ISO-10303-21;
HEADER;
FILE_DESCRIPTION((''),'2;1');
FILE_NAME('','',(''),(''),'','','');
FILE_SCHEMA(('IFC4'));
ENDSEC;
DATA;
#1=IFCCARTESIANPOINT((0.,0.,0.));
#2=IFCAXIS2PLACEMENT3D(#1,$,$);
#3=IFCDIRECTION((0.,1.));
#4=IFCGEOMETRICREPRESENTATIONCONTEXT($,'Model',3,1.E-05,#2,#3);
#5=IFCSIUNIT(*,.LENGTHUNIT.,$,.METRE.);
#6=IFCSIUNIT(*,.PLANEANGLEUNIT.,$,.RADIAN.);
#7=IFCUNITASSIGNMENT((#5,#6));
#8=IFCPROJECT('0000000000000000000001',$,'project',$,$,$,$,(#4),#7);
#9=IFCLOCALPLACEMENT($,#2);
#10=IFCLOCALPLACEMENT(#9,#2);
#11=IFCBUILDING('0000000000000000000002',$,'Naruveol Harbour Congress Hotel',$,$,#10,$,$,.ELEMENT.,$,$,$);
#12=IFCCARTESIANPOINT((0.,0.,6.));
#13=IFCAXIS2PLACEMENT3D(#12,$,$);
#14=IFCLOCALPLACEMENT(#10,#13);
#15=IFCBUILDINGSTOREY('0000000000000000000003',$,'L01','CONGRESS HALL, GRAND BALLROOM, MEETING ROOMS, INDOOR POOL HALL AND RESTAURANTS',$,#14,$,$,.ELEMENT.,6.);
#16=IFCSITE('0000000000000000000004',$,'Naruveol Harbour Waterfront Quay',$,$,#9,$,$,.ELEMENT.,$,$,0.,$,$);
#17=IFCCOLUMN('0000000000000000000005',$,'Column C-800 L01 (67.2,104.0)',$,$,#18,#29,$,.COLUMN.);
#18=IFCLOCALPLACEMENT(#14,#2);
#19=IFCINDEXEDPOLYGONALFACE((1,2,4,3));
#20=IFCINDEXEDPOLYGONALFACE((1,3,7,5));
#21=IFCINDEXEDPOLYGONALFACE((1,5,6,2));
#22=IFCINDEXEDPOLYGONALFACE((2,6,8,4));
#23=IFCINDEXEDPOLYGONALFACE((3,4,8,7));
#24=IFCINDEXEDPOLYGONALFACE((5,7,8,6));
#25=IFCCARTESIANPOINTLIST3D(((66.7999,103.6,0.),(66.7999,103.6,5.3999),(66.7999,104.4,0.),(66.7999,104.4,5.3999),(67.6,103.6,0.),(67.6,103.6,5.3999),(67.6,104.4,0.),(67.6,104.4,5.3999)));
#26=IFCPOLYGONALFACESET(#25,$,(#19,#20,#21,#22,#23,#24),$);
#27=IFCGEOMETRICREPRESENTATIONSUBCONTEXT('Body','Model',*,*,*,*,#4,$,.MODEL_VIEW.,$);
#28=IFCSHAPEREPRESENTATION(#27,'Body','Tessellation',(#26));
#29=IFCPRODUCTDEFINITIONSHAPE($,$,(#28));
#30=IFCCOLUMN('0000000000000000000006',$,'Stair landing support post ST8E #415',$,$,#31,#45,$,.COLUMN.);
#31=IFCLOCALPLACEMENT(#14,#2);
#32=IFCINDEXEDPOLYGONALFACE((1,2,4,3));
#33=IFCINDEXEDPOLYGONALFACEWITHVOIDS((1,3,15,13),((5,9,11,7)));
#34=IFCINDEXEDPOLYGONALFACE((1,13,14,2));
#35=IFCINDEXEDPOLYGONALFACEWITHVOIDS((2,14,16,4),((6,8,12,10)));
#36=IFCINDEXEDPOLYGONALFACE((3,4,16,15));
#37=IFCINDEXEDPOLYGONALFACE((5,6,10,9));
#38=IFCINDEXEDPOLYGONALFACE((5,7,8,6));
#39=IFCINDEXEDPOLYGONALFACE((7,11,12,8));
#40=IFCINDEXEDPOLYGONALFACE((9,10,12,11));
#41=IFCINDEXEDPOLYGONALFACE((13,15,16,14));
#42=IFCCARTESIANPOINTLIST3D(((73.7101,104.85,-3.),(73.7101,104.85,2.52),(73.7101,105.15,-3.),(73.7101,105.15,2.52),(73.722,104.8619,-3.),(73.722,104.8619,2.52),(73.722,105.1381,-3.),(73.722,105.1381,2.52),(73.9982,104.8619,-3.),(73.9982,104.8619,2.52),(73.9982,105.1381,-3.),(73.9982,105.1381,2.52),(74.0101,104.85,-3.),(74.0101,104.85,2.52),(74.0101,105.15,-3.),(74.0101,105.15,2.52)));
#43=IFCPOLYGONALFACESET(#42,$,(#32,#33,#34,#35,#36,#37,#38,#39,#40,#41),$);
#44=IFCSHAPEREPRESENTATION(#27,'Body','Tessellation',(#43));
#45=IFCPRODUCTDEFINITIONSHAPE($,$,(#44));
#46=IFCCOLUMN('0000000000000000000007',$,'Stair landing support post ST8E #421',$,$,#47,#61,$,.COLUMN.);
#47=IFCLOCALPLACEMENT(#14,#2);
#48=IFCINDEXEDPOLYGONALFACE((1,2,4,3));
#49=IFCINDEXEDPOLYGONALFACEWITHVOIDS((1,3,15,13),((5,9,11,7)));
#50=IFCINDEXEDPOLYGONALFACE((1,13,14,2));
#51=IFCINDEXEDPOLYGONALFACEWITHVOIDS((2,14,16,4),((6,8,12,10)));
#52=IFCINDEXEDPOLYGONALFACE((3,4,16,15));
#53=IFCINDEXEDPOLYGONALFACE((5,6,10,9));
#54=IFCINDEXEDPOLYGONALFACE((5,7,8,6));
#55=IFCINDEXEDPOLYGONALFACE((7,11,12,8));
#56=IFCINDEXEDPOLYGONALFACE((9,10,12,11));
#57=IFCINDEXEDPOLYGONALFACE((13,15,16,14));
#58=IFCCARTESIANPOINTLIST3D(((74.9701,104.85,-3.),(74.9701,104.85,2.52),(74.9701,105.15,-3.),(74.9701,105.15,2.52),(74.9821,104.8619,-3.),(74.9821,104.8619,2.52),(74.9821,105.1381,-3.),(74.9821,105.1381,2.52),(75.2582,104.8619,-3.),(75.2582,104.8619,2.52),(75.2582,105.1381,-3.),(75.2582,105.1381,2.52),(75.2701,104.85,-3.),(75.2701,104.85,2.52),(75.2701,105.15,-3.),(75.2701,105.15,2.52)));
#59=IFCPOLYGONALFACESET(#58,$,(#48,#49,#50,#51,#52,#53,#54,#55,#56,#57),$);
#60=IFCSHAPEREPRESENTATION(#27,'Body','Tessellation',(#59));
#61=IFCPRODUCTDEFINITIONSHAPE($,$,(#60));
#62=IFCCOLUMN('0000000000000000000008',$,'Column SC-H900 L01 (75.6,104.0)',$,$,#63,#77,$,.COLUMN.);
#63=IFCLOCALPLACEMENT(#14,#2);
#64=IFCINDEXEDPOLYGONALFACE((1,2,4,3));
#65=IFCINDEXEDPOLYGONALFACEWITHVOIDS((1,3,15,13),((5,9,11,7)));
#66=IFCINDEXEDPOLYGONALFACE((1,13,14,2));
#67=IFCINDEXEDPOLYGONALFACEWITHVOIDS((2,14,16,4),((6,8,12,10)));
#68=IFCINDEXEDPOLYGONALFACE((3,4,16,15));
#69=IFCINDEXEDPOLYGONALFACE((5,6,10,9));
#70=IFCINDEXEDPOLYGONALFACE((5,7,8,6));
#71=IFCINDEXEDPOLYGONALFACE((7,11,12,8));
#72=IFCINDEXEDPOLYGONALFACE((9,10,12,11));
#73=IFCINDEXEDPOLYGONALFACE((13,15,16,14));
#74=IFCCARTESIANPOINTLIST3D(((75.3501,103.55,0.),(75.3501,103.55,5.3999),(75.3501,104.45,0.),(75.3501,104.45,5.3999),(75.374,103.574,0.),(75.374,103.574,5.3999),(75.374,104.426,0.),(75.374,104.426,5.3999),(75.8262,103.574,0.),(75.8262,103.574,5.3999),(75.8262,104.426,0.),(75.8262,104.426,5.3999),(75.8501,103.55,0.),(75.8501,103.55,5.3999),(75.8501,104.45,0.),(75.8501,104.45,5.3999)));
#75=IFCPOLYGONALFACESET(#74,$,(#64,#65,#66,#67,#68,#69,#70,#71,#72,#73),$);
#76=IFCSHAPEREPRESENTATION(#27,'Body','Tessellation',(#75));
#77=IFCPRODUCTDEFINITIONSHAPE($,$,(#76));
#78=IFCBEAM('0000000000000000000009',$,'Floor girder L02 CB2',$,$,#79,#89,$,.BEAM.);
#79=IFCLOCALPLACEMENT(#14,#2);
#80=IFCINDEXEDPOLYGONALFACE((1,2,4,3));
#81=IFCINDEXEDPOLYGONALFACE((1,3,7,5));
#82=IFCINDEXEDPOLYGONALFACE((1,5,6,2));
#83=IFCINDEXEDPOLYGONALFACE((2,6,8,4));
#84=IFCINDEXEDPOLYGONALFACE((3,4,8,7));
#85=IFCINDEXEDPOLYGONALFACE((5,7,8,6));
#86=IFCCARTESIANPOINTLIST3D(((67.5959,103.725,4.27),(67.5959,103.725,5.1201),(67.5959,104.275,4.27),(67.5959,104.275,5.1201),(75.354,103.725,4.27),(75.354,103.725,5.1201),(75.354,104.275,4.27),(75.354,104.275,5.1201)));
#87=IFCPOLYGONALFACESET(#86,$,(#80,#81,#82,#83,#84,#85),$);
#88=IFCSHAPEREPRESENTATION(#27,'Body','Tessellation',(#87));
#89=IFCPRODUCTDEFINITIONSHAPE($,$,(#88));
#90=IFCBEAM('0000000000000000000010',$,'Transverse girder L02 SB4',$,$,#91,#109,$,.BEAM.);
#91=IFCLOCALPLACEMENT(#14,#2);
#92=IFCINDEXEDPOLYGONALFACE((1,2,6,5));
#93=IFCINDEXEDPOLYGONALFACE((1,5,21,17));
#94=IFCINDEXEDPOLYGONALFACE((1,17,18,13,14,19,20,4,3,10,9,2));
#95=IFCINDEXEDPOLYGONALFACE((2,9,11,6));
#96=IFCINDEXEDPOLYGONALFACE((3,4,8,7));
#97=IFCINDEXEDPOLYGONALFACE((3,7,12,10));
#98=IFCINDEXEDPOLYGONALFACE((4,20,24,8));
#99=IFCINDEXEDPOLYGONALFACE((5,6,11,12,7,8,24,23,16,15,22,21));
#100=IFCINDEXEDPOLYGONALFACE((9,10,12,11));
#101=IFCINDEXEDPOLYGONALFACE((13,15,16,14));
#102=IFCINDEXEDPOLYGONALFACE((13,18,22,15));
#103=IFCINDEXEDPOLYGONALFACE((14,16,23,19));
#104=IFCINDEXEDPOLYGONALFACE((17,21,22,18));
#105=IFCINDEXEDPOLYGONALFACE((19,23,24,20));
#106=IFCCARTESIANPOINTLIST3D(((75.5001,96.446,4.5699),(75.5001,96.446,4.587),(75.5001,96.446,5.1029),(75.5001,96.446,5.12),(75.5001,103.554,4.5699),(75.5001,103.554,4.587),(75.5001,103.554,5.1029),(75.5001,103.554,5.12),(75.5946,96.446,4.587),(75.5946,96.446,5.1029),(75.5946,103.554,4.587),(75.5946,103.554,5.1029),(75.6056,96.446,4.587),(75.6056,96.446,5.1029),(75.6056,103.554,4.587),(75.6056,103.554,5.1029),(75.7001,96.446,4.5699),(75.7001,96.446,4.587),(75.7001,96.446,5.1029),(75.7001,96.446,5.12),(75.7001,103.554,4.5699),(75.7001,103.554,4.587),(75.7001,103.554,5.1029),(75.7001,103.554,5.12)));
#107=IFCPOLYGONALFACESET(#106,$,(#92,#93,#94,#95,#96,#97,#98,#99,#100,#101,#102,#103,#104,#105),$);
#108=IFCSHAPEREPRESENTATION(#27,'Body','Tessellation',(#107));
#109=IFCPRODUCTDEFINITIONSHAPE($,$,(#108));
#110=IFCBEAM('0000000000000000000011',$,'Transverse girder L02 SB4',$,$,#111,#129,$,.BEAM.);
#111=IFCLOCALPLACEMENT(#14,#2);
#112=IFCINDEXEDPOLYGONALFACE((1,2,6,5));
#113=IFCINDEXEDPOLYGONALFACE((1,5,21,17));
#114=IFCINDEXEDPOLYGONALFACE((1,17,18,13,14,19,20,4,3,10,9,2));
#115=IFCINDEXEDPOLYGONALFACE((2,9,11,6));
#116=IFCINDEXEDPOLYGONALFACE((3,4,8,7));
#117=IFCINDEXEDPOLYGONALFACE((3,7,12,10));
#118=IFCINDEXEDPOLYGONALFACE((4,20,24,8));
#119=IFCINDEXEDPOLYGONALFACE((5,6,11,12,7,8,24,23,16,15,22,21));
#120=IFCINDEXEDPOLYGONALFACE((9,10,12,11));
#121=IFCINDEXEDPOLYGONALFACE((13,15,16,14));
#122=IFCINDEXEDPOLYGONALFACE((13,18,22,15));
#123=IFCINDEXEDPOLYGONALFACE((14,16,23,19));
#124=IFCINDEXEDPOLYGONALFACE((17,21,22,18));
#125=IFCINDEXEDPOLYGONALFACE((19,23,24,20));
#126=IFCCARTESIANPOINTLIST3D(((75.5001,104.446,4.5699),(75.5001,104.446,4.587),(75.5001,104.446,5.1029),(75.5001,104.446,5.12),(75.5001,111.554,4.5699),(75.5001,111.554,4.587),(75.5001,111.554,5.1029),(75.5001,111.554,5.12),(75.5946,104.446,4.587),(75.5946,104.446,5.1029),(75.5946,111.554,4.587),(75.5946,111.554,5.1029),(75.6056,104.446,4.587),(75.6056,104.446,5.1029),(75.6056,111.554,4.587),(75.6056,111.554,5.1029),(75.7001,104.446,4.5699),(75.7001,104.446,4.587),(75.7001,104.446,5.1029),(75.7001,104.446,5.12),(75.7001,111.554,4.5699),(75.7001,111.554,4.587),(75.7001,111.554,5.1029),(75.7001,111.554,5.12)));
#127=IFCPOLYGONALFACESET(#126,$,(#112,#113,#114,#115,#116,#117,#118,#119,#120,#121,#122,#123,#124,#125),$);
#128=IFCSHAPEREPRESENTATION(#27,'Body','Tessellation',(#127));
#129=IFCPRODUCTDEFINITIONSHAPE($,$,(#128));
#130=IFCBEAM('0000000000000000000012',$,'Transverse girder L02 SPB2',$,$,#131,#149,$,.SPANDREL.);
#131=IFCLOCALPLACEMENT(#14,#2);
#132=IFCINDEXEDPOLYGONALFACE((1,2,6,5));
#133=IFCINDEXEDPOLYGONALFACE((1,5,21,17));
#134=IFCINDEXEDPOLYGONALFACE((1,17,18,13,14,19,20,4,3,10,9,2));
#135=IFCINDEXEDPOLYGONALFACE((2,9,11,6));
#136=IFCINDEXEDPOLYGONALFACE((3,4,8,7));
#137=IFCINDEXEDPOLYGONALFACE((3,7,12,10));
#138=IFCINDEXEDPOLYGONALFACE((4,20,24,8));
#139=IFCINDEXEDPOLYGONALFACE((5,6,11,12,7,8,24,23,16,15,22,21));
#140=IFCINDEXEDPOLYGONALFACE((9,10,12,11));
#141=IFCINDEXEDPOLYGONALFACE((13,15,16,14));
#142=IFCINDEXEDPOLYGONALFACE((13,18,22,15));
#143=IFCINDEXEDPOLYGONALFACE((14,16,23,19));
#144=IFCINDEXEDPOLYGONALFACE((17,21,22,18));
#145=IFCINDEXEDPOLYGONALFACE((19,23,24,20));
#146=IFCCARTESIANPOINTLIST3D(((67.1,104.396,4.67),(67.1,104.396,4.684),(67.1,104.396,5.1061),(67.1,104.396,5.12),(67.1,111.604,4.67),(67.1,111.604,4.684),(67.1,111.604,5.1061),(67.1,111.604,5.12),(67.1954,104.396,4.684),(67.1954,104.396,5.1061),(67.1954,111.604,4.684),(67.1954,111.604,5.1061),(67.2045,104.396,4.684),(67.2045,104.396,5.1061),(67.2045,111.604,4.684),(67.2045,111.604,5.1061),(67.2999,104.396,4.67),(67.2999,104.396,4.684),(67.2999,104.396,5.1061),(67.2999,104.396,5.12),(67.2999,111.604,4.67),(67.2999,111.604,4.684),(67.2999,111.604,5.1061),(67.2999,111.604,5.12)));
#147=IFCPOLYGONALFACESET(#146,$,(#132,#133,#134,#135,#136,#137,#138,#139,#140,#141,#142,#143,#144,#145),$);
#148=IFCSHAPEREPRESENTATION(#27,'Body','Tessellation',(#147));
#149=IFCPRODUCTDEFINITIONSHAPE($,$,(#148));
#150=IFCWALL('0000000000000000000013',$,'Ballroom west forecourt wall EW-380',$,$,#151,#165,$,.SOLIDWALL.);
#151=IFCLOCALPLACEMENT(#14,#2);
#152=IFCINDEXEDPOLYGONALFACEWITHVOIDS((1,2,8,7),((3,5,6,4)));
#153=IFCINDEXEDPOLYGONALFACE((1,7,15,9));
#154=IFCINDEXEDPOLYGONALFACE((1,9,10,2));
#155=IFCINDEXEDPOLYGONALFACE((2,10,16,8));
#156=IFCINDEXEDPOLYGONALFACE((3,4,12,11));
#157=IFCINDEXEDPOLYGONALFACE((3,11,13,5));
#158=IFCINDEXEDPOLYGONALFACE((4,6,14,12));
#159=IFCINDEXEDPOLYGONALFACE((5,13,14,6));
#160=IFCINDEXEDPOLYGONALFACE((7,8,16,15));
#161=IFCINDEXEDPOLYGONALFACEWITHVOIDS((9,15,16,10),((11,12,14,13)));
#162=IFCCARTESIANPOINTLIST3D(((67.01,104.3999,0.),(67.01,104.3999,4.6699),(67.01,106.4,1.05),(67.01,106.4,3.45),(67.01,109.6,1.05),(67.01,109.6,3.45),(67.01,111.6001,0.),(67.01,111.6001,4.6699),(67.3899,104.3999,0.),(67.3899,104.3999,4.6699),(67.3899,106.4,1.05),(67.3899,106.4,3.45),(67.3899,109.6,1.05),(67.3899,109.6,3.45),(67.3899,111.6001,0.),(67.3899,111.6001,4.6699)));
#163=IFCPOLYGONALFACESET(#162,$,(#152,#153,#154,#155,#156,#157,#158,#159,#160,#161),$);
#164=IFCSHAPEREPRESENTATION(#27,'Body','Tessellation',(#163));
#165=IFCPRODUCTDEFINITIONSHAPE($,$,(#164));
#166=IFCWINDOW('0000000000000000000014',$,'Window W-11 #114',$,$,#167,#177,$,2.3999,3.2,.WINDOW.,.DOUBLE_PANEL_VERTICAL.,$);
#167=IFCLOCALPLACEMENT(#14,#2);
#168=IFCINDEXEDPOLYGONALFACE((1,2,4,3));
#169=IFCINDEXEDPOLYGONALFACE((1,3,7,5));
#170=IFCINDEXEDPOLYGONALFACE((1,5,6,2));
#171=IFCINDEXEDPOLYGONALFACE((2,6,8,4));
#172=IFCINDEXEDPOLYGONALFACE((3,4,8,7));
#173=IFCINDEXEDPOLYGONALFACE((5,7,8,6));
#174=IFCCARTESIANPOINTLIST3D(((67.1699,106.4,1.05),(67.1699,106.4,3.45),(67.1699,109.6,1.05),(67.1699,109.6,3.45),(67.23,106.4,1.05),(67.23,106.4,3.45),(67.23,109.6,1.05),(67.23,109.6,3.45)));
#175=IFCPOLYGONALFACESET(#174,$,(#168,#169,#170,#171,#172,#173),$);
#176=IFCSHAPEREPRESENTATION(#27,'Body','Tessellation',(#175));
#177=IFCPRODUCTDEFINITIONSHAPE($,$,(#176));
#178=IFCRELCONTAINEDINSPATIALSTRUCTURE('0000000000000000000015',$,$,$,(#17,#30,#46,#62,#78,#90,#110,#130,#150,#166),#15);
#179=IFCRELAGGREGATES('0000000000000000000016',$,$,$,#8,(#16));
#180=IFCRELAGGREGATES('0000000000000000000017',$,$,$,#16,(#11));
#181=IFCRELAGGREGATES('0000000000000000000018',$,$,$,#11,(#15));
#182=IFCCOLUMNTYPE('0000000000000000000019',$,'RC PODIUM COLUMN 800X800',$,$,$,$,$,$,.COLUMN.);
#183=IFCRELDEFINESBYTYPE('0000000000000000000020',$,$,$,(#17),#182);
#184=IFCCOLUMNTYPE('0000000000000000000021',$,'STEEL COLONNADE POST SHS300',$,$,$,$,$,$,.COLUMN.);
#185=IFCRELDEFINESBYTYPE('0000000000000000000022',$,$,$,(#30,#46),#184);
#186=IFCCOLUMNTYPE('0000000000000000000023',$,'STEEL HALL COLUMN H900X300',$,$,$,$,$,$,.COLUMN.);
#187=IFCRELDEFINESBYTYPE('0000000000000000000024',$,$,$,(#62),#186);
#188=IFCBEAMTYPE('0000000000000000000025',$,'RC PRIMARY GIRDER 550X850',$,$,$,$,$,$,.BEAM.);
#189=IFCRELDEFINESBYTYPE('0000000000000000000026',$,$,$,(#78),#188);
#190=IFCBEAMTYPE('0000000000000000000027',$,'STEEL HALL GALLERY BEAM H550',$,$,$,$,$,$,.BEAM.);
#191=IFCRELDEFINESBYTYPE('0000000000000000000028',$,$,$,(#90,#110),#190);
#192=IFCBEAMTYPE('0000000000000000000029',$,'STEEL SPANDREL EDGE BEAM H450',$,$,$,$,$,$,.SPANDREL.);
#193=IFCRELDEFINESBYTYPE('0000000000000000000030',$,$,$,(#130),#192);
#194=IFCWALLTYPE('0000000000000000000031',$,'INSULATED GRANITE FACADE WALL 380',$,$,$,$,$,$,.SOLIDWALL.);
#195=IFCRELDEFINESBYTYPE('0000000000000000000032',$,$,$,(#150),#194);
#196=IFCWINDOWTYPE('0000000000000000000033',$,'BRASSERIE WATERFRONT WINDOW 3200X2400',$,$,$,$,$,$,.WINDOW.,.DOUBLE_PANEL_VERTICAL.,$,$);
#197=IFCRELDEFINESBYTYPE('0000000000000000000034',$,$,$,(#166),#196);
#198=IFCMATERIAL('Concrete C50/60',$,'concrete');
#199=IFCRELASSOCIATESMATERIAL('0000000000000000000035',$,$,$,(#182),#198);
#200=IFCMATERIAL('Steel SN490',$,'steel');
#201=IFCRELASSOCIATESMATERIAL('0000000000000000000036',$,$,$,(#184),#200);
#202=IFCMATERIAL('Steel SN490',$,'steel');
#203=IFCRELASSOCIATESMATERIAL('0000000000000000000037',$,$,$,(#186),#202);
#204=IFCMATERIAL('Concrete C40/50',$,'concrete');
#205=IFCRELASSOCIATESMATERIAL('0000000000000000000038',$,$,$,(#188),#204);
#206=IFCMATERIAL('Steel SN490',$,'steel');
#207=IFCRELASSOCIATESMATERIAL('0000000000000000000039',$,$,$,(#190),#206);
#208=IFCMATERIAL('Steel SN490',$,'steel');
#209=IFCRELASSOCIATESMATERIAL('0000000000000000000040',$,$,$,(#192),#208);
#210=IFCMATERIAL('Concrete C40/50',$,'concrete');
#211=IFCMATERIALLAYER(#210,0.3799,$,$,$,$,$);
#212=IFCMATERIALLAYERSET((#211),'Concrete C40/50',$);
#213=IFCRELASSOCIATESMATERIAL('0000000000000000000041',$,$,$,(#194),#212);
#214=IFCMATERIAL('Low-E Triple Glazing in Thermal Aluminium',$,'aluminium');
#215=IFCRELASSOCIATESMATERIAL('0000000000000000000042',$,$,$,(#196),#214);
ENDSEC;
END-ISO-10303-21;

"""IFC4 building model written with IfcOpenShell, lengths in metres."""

from ifc_helpers import new_model, si_unit, direction, frame, frame_2d, origin, origin_2d, place, context, subcontext, project, spatial, rectangle, hollow_rectangle, i_section, extrude, material, layer, layer_set, material_profile, profile_set, type_object, element, fill, save


model = new_model("IFC4")

# Units and contexts
model_context = context("Model", 3, precision=1e-05, world=origin(), true_north=direction((0.0, 1.0)))
body_context = subcontext(model_context, "Body", "Model", "MODEL_VIEW")
ifc_project = project(units=[si_unit("LENGTHUNIT", "METRE"), si_unit("PLANEANGLEUNIT", "RADIAN")], contexts=[model_context])

# Site, building, storey
site_placement = place(None, origin())
site = spatial("IfcSite", under=ifc_project, at=site_placement, Name="Naruveol Harbour Waterfront Quay", CompositionType="ELEMENT", RefElevation=0.0)
building_placement = place(site_placement, origin())
building = spatial("IfcBuilding", under=site, at=building_placement, Name="Naruveol Harbour Congress Hotel", CompositionType="ELEMENT")
storey_placement = place(building_placement, frame((0.0, 0.0, 6.0)))
storey = spatial("IfcBuildingStorey", under=building, at=storey_placement, Name="L01", Description="CONGRESS HALL, GRAND BALLROOM, MEETING ROOMS, INDOOR POOL HALL AND RESTAURANTS", CompositionType="ELEMENT", Elevation=6.0)

# Columns
ifc_material_1 = material(Name="Concrete C50/60", Category="concrete")
ifc_material_profile_1 = material_profile(ifc_material_1, rectangle(XDim=0.8, YDim=0.8, at=origin_2d()), Name="RC-800x800")
ifc_profile_set_1 = profile_set([ifc_material_profile_1], Name="Concrete C50/60")
column_type_1 = type_object("IfcColumnType", Name="RC PODIUM COLUMN 800X800", PredefinedType="COLUMN", material=ifc_profile_set_1)
column_1_placement = place(storey_placement, frame((67.2, 104.0, 0.0), z_axis=(0.0, 0.0, 1.0), x_axis=(1.0, 0.0, 0.0)))
element("IfcColumn", 1, at=column_1_placement, inside=storey, type_object=column_type_1, Name="Column C-800 L01 (67.2,104.0)", PredefinedType="COLUMN", context=body_context, shape_type="SweptSolid", body=[
    extrude(rectangle(XDim=0.8, YDim=0.8, at=origin_2d()), origin(), (0.0, 0.0, 1.0), 5.3999),
])
ifc_material_2 = material(Name="Steel SN490", Category="steel")
ifc_material_profile_2 = material_profile(ifc_material_2, hollow_rectangle(XDim=0.3, YDim=0.3, WallThickness=0.012, at=origin_2d()), Name="SHS-300x300x12")
ifc_profile_set_2 = profile_set([ifc_material_profile_2], Name="Steel SN490")
column_type_2 = type_object("IfcColumnType", Name="STEEL COLONNADE POST SHS300", PredefinedType="COLUMN", material=ifc_profile_set_2)
for number, where, z_axis, x_axis, name in (
    (2, (73.8601, 105.0, -3.0), (0.0, 0.0, 1.0), (1.0, 0.0, 0.0), "Stair landing support post ST8E #415"),
    (3, (75.1201, 105.0, -3.0), (0.0, 0.0, 1.0), (1.0, 0.0, 0.0), "Stair landing support post ST8E #421"),
):
    element("IfcColumn", number, at=place(storey_placement, frame(where, z_axis=z_axis, x_axis=x_axis)), inside=storey, type_object=column_type_2, Name=name, PredefinedType="COLUMN", context=body_context, shape_type="SweptSolid", body=[
        extrude(hollow_rectangle(XDim=0.3, YDim=0.3, WallThickness=0.012, at=origin_2d()), origin(), (0.0, 0.0, 1.0), 5.52),
    ])
ifc_material_3 = material(Name="Steel SN490", Category="steel")
ifc_material_profile_3 = material_profile(ifc_material_3, hollow_rectangle(XDim=0.5, YDim=0.8999, WallThickness=0.0239, at=origin_2d()), Name="RHS-900x500x24")
ifc_profile_set_3 = profile_set([ifc_material_profile_3], Name="Steel SN490")
column_type_3 = type_object("IfcColumnType", Name="STEEL HALL COLUMN H900X300", PredefinedType="COLUMN", material=ifc_profile_set_3)
column_2_placement = place(storey_placement, frame((75.6001, 104.0, 0.0), z_axis=(0.0, 0.0, 1.0), x_axis=(1.0, 0.0, 0.0)))
element("IfcColumn", 4, at=column_2_placement, inside=storey, type_object=column_type_3, Name="Column SC-H900 L01 (75.6,104.0)", PredefinedType="COLUMN", context=body_context, shape_type="SweptSolid", body=[
    extrude(hollow_rectangle(XDim=0.5, YDim=0.8999, WallThickness=0.0239, at=origin_2d()), origin(), (0.0, 0.0, 1.0), 5.3999),
])

# Beams
ifc_material_4 = material(Name="Concrete C40/50", Category="concrete")
ifc_material_profile_4 = material_profile(ifc_material_4, rectangle(XDim=0.55, YDim=0.8501, at=origin_2d()), Name="RCB-550x850")
ifc_profile_set_4 = profile_set([ifc_material_profile_4], Name="Concrete C40/50")
beam_type_1 = type_object("IfcBeamType", Name="RC PRIMARY GIRDER 550X850", PredefinedType="BEAM", material=ifc_profile_set_4)
beam_1_placement = place(storey_placement, frame((67.5959, 104.0, 4.6951), z_axis=(1.0, 0.0, 0.0), x_axis=(0.0, 1.0, 0.0)))
element("IfcBeam", 5, at=beam_1_placement, inside=storey, type_object=beam_type_1, Name="Floor girder L02 CB2", PredefinedType="BEAM", context=body_context, shape_type="SweptSolid", body=[
    extrude(rectangle(XDim=0.55, YDim=0.8501, at=origin_2d()), origin(), (0.0, 0.0, 1.0), 7.7581),
])
ifc_material_5 = material(Name="Steel SN490", Category="steel")
ifc_material_profile_5 = material_profile(ifc_material_5, i_section(OverallWidth=0.2, OverallDepth=0.55, WebThickness=0.011, FlangeThickness=0.0171, at=origin_2d()), Name="H-550x200x11x17")
ifc_profile_set_5 = profile_set([ifc_material_profile_5], Name="Steel SN490")
beam_type_2 = type_object("IfcBeamType", Name="STEEL HALL GALLERY BEAM H550", PredefinedType="BEAM", material=ifc_profile_set_5)
for number, where, z_axis, x_axis, name in (
    (6, (75.6001, 96.446, 4.845), (0.0, 1.0, 0.0), (-1.0, 0.0, 0.0), "Transverse girder L02 SB4"),
    (7, (75.6001, 104.446, 4.845), (0.0, 1.0, 0.0), (-1.0, 0.0, 0.0), "Transverse girder L02 SB4"),
):
    element("IfcBeam", number, at=place(storey_placement, frame(where, z_axis=z_axis, x_axis=x_axis)), inside=storey, type_object=beam_type_2, Name=name, PredefinedType="BEAM", context=body_context, shape_type="SweptSolid", body=[
        extrude(i_section(OverallWidth=0.2, OverallDepth=0.55, WebThickness=0.011, FlangeThickness=0.0171, at=origin_2d()), origin(), (0.0, 0.0, 1.0), 7.1079),
    ])
ifc_material_6 = material(Name="Steel SN490", Category="steel")
ifc_material_profile_6 = material_profile(ifc_material_6, i_section(OverallWidth=0.2, OverallDepth=0.45, WebThickness=0.009, FlangeThickness=0.0139, at=origin_2d()), Name="H-450x200x9x14")
ifc_profile_set_6 = profile_set([ifc_material_profile_6], Name="Steel SN490")
beam_type_3 = type_object("IfcBeamType", Name="STEEL SPANDREL EDGE BEAM H450", PredefinedType="SPANDREL", material=ifc_profile_set_6)
beam_2_placement = place(storey_placement, frame((67.2, 104.396, 4.895), z_axis=(0.0, 1.0, 0.0), x_axis=(-1.0, 0.0, 0.0)))
element("IfcBeam", 8, at=beam_2_placement, inside=storey, type_object=beam_type_3, Name="Transverse girder L02 SPB2", PredefinedType="SPANDREL", context=body_context, shape_type="SweptSolid", body=[
    extrude(i_section(OverallWidth=0.2, OverallDepth=0.45, WebThickness=0.009, FlangeThickness=0.0139, at=origin_2d()), origin(), (0.0, 0.0, 1.0), 7.208),
])

# Wall, opening, window
ifc_material_7 = material(Name="Concrete C40/50", Category="concrete")
ifc_layer_1 = layer(ifc_material_7, 0.3799)
ifc_layer_set_1 = layer_set([ifc_layer_1], Name="Concrete C40/50")
wall_type_1 = type_object("IfcWallType", Name="INSULATED GRANITE FACADE WALL 380", PredefinedType="SOLIDWALL", material=ifc_layer_set_1)
wall_1_placement = place(storey_placement, frame((67.2, 104.3999, 0.0), z_axis=(0.0, 0.0, 1.0), x_axis=(0.0, 1.0, 0.0)))
wall_1 = element("IfcWall", 9, at=wall_1_placement, inside=storey, type_object=wall_type_1, Name="Ballroom west forecourt wall EW-380", PredefinedType="SOLIDWALL", context=body_context, shape_type="SweptSolid", body=[
    extrude(rectangle(XDim=7.2002, YDim=0.3799, at=frame_2d((3.6001, 0.0))), origin(), (0.0, 0.0, 1.0), 4.6699),
])
opening_1_placement = place(wall_1_placement, frame((2.0, 0.0, 1.05)))
opening_1 = element("IfcOpeningElement", 10, at=opening_1_placement, cuts=wall_1, PredefinedType="OPENING", context=body_context, shape_type="SweptSolid", body=[
    extrude(rectangle(XDim=3.2, YDim=2.3999, at=frame_2d((1.6001, 1.2))), frame((0.0, 0.2, 0.0), z_axis=(0.0, -1.0, 0.0), x_axis=(1.0, 0.0, 0.0)), (0.0, 0.0, 1.0), 0.3999),
])
ifc_material_8 = material(Name="Low-E Triple Glazing in Thermal Aluminium", Category="aluminium")
window_type = type_object("IfcWindowType", Name="BRASSERIE WATERFRONT WINDOW 3200X2400", PartitioningType="DOUBLE_PANEL_VERTICAL", PredefinedType="WINDOW", material=ifc_material_8)
window_placement = place(opening_1_placement, origin())
window = element("IfcWindow", 11, at=window_placement, inside=storey, type_object=window_type, Name="Window W-11 #114", OverallHeight=2.3999, OverallWidth=3.2, PartitioningType="DOUBLE_PANEL_VERTICAL", PredefinedType="WINDOW", context=body_context, shape_type="SweptSolid", body=[
    extrude(rectangle(XDim=3.2, YDim=2.3999, at=frame_2d((1.6001, 1.2))), frame((0.0, 0.03, 0.0), z_axis=(0.0, -1.0, 0.0), x_axis=(1.0, 0.0, 0.0)), (0.0, 0.0, 1.0), 0.0601),
])
fill(opening_1, window)

save(model, "model.ifc")
